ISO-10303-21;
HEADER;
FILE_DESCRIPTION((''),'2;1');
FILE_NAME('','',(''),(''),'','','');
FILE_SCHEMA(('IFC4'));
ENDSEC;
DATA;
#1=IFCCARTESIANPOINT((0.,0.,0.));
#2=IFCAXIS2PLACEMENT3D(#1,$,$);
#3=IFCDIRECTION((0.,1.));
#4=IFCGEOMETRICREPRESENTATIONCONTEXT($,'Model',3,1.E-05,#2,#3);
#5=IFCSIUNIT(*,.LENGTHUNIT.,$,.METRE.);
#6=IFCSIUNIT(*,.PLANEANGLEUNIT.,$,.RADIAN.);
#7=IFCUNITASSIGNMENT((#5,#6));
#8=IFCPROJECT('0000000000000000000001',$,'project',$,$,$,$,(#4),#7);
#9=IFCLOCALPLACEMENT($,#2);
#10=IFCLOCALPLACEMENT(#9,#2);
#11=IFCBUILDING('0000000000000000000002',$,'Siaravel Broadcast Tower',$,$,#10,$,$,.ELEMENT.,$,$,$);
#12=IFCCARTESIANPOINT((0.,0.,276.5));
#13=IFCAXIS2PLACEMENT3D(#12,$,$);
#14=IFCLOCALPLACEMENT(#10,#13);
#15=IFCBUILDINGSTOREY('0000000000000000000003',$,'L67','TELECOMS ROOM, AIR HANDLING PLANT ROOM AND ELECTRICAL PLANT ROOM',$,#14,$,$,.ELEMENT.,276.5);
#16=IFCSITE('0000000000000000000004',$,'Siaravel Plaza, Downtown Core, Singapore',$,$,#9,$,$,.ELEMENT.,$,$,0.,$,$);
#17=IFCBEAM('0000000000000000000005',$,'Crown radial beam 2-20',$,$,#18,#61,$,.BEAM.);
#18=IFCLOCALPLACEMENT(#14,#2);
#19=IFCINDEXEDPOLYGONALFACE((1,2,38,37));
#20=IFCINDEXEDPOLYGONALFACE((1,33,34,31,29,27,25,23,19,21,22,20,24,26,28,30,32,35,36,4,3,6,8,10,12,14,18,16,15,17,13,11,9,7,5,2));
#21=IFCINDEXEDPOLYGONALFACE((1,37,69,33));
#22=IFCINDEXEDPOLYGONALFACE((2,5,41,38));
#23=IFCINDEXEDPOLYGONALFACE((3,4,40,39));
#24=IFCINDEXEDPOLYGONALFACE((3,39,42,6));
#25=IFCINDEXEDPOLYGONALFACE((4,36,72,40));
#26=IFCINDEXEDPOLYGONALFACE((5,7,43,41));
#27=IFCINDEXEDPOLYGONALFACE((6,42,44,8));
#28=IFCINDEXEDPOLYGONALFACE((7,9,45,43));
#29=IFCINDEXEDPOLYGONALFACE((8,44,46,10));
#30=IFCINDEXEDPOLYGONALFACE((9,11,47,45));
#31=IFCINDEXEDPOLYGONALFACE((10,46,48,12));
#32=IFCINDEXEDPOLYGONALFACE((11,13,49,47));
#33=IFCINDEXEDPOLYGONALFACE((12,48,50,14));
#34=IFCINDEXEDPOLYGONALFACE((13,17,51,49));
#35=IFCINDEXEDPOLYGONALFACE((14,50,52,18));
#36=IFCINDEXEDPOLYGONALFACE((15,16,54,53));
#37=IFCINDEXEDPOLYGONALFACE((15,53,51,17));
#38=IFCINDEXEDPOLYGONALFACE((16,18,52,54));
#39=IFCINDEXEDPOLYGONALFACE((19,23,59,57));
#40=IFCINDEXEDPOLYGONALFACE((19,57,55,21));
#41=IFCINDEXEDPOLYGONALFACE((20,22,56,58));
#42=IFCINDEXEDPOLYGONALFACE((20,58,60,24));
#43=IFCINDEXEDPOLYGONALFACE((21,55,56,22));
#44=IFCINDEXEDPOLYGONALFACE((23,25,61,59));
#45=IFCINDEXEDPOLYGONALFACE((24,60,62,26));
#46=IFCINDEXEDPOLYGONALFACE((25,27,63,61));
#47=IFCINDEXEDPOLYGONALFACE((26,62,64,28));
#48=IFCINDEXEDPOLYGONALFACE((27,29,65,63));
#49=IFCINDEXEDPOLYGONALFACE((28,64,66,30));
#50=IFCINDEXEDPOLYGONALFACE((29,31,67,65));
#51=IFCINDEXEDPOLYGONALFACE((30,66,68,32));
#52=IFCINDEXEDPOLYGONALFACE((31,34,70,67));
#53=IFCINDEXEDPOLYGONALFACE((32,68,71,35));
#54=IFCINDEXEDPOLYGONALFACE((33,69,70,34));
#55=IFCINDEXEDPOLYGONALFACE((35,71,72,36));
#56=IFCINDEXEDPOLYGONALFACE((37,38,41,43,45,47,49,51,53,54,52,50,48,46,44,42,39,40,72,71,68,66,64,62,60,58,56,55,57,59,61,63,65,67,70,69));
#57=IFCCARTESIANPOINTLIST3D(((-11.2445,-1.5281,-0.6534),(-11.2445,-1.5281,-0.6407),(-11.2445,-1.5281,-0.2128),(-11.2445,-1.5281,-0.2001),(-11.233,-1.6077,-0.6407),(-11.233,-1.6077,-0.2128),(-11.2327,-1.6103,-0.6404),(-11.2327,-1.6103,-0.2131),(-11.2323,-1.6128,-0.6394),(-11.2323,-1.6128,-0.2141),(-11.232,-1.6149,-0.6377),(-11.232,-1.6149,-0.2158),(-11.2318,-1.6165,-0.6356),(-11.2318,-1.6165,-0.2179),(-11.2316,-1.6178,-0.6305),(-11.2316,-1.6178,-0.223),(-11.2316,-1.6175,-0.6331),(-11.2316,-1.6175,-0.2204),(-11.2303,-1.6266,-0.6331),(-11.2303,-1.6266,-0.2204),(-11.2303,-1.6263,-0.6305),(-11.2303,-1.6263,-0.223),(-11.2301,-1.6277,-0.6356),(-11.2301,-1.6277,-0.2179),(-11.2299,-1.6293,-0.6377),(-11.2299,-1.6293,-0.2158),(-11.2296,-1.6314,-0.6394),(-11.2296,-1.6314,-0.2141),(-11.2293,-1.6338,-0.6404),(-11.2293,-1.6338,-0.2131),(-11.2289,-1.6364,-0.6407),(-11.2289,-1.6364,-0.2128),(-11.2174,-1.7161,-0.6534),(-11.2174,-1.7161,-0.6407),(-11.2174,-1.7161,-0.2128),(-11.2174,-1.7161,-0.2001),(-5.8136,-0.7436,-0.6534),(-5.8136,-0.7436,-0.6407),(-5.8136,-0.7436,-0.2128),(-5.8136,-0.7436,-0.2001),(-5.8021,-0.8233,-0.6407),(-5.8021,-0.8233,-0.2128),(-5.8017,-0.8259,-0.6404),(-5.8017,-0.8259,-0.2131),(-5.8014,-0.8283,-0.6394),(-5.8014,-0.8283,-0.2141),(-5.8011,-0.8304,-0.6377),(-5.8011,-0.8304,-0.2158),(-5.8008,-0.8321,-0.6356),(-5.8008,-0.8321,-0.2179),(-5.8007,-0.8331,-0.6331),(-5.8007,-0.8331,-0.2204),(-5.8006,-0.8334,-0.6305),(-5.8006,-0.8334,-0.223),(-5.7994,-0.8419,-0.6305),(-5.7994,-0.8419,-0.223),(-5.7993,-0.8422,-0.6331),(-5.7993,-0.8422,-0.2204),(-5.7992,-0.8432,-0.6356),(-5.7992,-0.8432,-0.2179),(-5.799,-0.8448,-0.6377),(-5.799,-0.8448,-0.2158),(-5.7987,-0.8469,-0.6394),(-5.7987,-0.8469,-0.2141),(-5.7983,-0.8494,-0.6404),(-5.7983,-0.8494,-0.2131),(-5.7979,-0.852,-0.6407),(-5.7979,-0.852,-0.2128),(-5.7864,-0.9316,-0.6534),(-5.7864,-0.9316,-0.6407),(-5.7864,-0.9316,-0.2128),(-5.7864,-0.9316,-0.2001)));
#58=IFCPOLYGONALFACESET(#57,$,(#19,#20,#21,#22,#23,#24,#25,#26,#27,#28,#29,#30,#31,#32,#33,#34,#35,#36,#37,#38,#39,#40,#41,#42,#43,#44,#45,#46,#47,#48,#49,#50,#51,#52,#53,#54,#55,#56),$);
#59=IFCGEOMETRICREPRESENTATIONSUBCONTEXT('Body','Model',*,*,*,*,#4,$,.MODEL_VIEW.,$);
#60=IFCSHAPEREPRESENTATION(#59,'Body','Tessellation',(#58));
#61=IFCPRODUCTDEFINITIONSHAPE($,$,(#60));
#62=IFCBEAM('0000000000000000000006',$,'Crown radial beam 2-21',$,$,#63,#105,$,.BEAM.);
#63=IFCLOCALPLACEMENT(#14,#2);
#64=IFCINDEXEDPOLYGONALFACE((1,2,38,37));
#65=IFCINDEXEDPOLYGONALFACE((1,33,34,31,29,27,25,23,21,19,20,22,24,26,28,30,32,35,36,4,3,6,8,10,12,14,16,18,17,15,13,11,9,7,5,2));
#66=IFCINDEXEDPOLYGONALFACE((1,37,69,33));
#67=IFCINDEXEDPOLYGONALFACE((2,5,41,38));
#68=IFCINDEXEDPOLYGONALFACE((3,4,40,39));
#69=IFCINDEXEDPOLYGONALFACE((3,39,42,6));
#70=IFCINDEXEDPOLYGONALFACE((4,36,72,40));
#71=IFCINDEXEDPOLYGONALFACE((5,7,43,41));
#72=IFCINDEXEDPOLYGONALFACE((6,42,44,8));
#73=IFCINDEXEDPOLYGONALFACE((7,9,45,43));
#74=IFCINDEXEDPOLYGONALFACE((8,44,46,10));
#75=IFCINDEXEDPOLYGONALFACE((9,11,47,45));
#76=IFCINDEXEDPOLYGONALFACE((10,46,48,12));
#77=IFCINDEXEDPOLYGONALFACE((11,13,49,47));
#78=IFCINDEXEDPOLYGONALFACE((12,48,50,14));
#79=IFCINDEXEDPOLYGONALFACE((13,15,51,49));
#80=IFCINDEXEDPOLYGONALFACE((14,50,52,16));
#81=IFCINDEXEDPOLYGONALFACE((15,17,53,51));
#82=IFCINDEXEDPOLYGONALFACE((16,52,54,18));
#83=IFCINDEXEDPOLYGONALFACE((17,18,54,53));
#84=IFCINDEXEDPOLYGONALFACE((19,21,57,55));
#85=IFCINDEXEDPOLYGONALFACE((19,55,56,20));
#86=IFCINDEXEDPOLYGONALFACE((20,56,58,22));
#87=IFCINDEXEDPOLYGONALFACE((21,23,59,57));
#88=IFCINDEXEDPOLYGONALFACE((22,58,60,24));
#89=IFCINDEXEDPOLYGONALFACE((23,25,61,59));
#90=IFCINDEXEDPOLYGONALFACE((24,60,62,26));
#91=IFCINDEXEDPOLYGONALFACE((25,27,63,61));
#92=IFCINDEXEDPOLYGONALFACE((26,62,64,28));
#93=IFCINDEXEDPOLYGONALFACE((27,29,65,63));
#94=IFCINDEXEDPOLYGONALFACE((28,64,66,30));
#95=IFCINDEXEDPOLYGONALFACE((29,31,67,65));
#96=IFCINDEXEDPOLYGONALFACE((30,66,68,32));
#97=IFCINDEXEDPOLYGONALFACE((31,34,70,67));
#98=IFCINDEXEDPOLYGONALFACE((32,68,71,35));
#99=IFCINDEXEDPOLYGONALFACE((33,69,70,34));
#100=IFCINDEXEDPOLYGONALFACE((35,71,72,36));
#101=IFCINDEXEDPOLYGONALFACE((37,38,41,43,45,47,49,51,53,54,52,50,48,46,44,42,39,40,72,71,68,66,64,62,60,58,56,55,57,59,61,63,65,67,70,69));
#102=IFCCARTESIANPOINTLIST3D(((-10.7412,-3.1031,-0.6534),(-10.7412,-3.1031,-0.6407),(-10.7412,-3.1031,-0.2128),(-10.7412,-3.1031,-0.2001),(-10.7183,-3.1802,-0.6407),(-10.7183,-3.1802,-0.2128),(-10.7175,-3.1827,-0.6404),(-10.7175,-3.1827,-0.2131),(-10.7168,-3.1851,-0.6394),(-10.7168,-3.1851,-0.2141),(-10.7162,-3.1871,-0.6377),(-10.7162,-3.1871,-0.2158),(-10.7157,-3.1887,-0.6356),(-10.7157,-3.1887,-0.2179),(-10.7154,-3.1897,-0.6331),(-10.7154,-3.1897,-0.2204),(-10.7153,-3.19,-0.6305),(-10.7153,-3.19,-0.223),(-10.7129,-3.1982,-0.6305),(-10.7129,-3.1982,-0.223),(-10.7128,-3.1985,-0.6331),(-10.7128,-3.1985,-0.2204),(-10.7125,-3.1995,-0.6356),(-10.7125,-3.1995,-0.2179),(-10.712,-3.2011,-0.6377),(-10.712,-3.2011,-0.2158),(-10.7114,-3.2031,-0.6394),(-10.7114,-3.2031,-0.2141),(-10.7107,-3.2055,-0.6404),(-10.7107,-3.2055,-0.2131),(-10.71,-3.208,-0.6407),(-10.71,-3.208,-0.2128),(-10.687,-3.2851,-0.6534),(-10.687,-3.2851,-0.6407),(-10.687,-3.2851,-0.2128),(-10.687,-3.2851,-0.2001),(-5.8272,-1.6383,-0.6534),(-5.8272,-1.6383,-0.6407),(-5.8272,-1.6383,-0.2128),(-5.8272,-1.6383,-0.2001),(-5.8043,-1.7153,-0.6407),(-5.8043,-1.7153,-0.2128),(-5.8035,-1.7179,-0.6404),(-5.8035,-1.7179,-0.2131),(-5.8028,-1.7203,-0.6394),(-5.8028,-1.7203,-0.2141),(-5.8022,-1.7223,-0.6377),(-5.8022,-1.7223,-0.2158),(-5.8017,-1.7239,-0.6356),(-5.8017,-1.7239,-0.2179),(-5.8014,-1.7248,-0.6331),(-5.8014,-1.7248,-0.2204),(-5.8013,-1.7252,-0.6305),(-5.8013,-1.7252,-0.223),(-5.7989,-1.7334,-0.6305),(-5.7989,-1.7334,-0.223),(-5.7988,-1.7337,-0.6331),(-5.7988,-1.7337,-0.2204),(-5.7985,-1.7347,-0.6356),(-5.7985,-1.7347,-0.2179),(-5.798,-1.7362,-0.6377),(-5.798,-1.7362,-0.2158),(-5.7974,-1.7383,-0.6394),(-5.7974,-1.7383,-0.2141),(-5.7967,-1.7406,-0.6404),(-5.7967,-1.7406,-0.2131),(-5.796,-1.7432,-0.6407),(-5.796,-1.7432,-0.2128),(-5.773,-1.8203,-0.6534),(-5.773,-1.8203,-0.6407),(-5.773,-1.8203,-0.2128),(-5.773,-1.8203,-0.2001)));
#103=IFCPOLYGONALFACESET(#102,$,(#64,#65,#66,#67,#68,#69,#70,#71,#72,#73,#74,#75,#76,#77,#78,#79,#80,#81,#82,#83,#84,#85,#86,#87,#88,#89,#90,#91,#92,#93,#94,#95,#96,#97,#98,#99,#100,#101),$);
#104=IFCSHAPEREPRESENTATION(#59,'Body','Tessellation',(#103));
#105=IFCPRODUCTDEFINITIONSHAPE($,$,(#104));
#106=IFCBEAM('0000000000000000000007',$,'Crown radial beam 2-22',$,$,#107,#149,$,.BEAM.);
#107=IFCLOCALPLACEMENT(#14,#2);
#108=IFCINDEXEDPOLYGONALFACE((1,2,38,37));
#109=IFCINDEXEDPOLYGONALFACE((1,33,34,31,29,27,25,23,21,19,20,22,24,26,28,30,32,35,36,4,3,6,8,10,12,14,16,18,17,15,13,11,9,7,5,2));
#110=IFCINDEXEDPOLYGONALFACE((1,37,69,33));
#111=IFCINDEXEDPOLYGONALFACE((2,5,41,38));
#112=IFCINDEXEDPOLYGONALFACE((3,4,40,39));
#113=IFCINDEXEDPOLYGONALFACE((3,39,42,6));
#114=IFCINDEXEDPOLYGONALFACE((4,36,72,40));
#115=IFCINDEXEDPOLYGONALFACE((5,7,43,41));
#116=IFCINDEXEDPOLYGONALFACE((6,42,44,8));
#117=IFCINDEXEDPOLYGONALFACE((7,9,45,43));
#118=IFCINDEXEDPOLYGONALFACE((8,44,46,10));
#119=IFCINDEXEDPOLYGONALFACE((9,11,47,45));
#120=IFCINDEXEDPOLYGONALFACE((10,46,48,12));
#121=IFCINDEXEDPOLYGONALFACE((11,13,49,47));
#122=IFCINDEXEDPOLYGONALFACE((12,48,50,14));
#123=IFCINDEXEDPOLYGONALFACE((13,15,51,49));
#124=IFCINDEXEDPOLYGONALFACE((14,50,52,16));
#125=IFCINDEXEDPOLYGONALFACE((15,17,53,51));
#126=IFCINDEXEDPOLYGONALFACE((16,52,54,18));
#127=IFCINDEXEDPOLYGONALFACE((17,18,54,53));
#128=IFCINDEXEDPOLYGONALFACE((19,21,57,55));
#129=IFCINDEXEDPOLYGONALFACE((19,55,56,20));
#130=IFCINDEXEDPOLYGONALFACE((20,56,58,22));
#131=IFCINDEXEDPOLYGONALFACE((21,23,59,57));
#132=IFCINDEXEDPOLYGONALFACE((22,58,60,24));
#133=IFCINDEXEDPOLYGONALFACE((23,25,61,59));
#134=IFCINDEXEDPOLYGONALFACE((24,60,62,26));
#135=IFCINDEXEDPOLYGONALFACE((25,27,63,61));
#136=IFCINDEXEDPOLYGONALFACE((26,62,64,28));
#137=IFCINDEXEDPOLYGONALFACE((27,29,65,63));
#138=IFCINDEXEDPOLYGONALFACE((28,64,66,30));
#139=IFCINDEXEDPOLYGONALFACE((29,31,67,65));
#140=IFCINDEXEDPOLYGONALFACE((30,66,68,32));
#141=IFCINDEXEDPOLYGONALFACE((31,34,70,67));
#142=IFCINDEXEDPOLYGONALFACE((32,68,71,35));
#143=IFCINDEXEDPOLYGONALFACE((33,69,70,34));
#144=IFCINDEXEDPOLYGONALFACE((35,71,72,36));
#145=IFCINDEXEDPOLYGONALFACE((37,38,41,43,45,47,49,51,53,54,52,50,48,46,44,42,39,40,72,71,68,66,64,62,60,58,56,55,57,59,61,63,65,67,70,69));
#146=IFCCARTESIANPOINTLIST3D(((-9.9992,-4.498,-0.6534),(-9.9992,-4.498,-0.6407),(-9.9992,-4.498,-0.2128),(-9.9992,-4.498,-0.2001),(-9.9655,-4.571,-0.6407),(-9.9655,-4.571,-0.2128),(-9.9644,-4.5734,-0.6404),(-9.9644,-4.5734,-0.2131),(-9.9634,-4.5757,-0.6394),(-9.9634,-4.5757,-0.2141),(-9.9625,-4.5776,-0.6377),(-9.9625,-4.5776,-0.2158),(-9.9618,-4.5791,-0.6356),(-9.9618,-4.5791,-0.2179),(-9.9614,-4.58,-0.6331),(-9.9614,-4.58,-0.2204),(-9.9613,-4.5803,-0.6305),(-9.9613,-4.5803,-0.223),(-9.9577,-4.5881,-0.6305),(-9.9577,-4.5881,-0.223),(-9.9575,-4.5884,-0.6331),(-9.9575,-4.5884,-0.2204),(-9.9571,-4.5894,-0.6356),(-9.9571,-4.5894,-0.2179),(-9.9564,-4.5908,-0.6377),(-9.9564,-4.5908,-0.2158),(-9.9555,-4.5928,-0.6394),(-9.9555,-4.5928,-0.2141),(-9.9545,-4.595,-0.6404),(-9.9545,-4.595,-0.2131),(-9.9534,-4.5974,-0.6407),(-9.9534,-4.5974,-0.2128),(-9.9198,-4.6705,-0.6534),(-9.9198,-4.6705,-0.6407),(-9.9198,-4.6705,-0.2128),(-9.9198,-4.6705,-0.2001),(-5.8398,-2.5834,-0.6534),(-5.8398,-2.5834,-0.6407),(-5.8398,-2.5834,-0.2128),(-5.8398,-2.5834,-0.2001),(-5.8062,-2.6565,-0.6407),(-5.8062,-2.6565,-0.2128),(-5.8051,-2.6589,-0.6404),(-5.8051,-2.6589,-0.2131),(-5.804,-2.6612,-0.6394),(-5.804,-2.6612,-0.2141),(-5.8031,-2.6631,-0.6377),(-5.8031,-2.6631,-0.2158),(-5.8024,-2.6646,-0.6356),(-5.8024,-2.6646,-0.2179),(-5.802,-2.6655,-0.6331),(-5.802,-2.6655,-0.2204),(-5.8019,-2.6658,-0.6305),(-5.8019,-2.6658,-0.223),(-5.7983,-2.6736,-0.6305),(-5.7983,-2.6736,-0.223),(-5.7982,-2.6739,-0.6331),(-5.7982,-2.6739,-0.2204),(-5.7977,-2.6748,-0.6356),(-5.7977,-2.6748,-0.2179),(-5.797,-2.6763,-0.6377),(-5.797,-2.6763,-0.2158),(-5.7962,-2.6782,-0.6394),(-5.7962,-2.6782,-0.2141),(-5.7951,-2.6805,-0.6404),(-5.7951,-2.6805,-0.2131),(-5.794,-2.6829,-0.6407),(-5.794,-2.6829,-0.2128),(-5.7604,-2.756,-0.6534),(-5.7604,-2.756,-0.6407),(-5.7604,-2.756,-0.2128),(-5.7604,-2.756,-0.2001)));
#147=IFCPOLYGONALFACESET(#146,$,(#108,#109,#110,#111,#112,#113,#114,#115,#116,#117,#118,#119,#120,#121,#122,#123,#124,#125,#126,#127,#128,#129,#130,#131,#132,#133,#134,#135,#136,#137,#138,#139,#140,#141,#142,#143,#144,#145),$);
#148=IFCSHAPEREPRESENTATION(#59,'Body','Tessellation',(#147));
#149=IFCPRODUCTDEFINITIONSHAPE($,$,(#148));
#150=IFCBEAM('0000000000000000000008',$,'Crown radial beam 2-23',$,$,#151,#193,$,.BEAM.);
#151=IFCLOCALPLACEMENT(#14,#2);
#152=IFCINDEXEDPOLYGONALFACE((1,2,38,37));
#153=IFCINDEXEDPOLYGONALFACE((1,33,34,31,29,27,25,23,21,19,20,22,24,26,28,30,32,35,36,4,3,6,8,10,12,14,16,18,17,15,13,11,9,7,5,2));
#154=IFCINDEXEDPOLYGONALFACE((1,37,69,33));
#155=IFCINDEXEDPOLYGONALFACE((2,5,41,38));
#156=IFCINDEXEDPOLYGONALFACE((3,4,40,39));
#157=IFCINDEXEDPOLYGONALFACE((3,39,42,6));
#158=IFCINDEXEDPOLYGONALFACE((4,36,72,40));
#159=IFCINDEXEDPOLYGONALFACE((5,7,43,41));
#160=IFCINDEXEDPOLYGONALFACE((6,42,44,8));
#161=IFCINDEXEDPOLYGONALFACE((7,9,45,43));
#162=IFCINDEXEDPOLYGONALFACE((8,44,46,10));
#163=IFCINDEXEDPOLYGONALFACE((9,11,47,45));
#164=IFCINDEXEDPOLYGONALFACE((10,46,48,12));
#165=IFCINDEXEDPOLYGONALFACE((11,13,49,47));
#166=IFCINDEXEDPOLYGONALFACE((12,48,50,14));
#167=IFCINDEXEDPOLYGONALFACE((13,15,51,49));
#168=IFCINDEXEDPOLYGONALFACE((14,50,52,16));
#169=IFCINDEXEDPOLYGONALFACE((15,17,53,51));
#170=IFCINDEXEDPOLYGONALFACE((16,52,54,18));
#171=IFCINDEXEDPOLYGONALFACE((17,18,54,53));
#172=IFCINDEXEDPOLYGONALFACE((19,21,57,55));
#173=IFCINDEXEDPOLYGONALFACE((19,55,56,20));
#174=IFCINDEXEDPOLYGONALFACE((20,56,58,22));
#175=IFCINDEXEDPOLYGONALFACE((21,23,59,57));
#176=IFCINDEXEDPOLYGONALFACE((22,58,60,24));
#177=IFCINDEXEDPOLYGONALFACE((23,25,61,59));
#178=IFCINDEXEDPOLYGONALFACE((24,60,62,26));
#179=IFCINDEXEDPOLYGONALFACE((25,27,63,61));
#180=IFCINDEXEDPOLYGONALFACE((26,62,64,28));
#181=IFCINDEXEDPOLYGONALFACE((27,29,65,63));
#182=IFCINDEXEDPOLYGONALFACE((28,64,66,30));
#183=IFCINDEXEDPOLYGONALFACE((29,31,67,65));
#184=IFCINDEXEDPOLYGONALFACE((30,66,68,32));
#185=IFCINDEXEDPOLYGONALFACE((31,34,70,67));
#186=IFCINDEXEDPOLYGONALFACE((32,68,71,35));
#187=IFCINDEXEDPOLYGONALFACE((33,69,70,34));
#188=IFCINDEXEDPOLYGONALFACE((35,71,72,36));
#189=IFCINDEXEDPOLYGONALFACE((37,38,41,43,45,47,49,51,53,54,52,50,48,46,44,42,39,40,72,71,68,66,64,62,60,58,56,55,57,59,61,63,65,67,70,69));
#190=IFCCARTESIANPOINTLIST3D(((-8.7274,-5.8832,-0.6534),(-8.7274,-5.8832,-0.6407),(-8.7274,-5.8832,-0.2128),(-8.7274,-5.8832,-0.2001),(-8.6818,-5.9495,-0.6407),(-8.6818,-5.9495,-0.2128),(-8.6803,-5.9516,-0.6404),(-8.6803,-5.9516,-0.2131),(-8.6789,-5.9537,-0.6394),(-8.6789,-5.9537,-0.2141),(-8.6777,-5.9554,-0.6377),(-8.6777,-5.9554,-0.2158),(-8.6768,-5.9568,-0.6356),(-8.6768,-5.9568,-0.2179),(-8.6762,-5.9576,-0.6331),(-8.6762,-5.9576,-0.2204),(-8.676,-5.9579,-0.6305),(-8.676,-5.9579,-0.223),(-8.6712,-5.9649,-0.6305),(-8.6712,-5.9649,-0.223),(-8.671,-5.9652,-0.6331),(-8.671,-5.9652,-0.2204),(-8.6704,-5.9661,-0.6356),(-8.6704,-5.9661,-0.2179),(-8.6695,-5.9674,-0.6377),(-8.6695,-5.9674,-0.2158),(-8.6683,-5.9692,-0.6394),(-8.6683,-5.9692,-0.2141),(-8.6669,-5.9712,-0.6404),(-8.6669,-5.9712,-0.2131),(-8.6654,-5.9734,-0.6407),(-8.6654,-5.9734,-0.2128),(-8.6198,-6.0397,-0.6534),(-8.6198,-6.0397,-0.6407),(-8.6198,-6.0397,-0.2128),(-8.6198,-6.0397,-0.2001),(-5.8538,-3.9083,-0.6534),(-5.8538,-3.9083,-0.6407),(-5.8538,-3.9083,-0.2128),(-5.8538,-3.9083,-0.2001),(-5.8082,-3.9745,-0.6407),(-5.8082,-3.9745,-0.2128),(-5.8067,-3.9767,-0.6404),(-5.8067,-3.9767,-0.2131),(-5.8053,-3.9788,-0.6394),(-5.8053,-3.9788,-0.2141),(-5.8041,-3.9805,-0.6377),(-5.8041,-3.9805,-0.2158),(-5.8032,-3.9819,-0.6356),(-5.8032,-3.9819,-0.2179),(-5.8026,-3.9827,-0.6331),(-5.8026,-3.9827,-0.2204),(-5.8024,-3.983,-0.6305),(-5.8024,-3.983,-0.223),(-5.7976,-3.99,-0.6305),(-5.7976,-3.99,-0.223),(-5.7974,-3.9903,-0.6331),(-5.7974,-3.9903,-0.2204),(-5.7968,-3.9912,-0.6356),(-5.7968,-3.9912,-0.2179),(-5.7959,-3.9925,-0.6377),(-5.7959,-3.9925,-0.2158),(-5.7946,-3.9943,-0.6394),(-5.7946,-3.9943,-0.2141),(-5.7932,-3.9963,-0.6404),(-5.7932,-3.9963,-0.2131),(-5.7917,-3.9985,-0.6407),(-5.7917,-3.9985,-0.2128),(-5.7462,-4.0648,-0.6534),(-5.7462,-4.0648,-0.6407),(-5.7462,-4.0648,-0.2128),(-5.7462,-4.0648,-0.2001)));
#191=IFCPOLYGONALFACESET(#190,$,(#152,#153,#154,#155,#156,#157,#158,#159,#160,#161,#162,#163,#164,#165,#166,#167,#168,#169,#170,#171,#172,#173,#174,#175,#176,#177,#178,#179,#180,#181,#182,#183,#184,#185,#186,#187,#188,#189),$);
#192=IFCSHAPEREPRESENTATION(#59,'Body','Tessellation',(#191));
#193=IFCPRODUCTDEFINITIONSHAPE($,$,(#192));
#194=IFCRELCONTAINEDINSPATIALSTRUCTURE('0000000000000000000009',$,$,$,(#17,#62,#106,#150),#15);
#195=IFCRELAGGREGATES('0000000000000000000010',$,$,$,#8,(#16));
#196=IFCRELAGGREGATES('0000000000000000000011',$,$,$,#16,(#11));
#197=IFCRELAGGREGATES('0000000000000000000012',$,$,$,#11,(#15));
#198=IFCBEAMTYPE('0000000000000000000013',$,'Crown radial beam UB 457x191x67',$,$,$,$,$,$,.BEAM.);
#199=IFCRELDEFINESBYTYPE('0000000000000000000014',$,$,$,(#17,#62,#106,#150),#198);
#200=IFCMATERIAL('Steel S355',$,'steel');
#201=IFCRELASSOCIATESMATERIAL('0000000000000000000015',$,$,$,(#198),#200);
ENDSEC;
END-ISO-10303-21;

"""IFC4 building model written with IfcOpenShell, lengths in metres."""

from ifc_helpers import new_model, si_unit, direction, frame, origin, origin_2d, place, context, subcontext, project, spatial, i_section, extrude, material, material_profile, profile_set, type_object, element, save


model = new_model("IFC4")

# Units and contexts
model_context = context("Model", 3, precision=1e-05, world=origin(), true_north=direction((0.0, 1.0)))
body_context = subcontext(model_context, "Body", "Model", "MODEL_VIEW")
ifc_project = project(units=[si_unit("LENGTHUNIT", "METRE"), si_unit("PLANEANGLEUNIT", "RADIAN")], contexts=[model_context])

# Site, building, storey
site_placement = place(None, origin())
site = spatial("IfcSite", under=ifc_project, at=site_placement, Name="Siaravel Plaza, Downtown Core, Singapore", CompositionType="ELEMENT", RefElevation=0.0)
building_placement = place(site_placement, origin())
building = spatial("IfcBuilding", under=site, at=building_placement, Name="Siaravel Broadcast Tower", CompositionType="ELEMENT")
storey_placement = place(building_placement, frame((0.0, 0.0, 276.5)))
storey = spatial("IfcBuildingStorey", under=building, at=storey_placement, Name="L67", Description="TELECOMS ROOM, AIR HANDLING PLANT ROOM AND ELECTRICAL PLANT ROOM", CompositionType="ELEMENT", Elevation=276.5)

# Beams
ifc_material_1 = material(Name="Steel S355", Category="steel")
ifc_material_profile_1 = material_profile(ifc_material_1, i_section(OverallWidth=0.1899, OverallDepth=0.4534, WebThickness=0.0085, FlangeThickness=0.0127, FilletRadius=0.0103, at=origin_2d()))
ifc_profile_set_1 = profile_set([ifc_material_profile_1], Name="Steel S355")
beam_type_1 = type_object("IfcBeamType", Name="Crown radial beam UB 457x191x67", PredefinedType="BEAM", material=ifc_profile_set_1)
beam_1_placement = place(storey_placement, frame((-11.231, -1.6221, -0.4268), z_axis=(0.989729, 0.142953, 0.0), x_axis=(-0.142953, 0.989729, 0.0)))
element("IfcBeam", 1, at=beam_1_placement, inside=storey, type_object=beam_type_1, Name="Crown radial beam 2-20", PredefinedType="BEAM", context=body_context, shape_type="SweptSolid", body=[
    extrude(i_section(OverallWidth=0.1899, OverallDepth=0.4534, WebThickness=0.0085, FlangeThickness=0.0127, FilletRadius=0.0103, at=origin_2d()), origin(), (0.0, 0.0, 1.0), 5.4873),
])
beam_2_placement = place(storey_placement, frame((-10.7141, -3.1941, -0.4268), z_axis=(0.958328, 0.28567, 0.0), x_axis=(-0.28567, 0.958328, 0.0)))
element("IfcBeam", 2, at=beam_2_placement, inside=storey, type_object=beam_type_1, Name="Crown radial beam 2-21", PredefinedType="BEAM", context=body_context, shape_type="SweptSolid", body=[
    extrude(i_section(OverallWidth=0.1899, OverallDepth=0.4534, WebThickness=0.0085, FlangeThickness=0.0127, FilletRadius=0.0103, at=origin_2d()), origin(), (0.0, 0.0, 1.0), 5.1277),
])
beam_3_placement = place(storey_placement, frame((-9.9595, -4.5842, -0.4268), z_axis=(0.90839, 0.418125, 0.0), x_axis=(-0.418125, 0.90839, 0.0)))
element("IfcBeam", 3, at=beam_3_placement, inside=storey, type_object=beam_type_1, Name="Crown radial beam 2-22", PredefinedType="BEAM", context=body_context, shape_type="SweptSolid", body=[
    extrude(i_section(OverallWidth=0.1899, OverallDepth=0.4534, WebThickness=0.0085, FlangeThickness=0.0127, FilletRadius=0.0103, at=origin_2d()), origin(), (0.0, 0.0, 1.0), 4.5789),
])
beam_4_placement = place(storey_placement, frame((-8.6736, -5.9614, -0.4268), z_axis=(0.824136, 0.566392, 0.0), x_axis=(-0.566392, 0.824136, 0.0)))
element("IfcBeam", 4, at=beam_4_placement, inside=storey, type_object=beam_type_1, Name="Crown radial beam 2-23", PredefinedType="BEAM", context=body_context, shape_type="SweptSolid", body=[
    extrude(i_section(OverallWidth=0.1899, OverallDepth=0.4534, WebThickness=0.0085, FlangeThickness=0.0127, FilletRadius=0.0103, at=origin_2d()), origin(), (0.0, 0.0, 1.0), 3.4868),
])

save(model, "model.ifc")
